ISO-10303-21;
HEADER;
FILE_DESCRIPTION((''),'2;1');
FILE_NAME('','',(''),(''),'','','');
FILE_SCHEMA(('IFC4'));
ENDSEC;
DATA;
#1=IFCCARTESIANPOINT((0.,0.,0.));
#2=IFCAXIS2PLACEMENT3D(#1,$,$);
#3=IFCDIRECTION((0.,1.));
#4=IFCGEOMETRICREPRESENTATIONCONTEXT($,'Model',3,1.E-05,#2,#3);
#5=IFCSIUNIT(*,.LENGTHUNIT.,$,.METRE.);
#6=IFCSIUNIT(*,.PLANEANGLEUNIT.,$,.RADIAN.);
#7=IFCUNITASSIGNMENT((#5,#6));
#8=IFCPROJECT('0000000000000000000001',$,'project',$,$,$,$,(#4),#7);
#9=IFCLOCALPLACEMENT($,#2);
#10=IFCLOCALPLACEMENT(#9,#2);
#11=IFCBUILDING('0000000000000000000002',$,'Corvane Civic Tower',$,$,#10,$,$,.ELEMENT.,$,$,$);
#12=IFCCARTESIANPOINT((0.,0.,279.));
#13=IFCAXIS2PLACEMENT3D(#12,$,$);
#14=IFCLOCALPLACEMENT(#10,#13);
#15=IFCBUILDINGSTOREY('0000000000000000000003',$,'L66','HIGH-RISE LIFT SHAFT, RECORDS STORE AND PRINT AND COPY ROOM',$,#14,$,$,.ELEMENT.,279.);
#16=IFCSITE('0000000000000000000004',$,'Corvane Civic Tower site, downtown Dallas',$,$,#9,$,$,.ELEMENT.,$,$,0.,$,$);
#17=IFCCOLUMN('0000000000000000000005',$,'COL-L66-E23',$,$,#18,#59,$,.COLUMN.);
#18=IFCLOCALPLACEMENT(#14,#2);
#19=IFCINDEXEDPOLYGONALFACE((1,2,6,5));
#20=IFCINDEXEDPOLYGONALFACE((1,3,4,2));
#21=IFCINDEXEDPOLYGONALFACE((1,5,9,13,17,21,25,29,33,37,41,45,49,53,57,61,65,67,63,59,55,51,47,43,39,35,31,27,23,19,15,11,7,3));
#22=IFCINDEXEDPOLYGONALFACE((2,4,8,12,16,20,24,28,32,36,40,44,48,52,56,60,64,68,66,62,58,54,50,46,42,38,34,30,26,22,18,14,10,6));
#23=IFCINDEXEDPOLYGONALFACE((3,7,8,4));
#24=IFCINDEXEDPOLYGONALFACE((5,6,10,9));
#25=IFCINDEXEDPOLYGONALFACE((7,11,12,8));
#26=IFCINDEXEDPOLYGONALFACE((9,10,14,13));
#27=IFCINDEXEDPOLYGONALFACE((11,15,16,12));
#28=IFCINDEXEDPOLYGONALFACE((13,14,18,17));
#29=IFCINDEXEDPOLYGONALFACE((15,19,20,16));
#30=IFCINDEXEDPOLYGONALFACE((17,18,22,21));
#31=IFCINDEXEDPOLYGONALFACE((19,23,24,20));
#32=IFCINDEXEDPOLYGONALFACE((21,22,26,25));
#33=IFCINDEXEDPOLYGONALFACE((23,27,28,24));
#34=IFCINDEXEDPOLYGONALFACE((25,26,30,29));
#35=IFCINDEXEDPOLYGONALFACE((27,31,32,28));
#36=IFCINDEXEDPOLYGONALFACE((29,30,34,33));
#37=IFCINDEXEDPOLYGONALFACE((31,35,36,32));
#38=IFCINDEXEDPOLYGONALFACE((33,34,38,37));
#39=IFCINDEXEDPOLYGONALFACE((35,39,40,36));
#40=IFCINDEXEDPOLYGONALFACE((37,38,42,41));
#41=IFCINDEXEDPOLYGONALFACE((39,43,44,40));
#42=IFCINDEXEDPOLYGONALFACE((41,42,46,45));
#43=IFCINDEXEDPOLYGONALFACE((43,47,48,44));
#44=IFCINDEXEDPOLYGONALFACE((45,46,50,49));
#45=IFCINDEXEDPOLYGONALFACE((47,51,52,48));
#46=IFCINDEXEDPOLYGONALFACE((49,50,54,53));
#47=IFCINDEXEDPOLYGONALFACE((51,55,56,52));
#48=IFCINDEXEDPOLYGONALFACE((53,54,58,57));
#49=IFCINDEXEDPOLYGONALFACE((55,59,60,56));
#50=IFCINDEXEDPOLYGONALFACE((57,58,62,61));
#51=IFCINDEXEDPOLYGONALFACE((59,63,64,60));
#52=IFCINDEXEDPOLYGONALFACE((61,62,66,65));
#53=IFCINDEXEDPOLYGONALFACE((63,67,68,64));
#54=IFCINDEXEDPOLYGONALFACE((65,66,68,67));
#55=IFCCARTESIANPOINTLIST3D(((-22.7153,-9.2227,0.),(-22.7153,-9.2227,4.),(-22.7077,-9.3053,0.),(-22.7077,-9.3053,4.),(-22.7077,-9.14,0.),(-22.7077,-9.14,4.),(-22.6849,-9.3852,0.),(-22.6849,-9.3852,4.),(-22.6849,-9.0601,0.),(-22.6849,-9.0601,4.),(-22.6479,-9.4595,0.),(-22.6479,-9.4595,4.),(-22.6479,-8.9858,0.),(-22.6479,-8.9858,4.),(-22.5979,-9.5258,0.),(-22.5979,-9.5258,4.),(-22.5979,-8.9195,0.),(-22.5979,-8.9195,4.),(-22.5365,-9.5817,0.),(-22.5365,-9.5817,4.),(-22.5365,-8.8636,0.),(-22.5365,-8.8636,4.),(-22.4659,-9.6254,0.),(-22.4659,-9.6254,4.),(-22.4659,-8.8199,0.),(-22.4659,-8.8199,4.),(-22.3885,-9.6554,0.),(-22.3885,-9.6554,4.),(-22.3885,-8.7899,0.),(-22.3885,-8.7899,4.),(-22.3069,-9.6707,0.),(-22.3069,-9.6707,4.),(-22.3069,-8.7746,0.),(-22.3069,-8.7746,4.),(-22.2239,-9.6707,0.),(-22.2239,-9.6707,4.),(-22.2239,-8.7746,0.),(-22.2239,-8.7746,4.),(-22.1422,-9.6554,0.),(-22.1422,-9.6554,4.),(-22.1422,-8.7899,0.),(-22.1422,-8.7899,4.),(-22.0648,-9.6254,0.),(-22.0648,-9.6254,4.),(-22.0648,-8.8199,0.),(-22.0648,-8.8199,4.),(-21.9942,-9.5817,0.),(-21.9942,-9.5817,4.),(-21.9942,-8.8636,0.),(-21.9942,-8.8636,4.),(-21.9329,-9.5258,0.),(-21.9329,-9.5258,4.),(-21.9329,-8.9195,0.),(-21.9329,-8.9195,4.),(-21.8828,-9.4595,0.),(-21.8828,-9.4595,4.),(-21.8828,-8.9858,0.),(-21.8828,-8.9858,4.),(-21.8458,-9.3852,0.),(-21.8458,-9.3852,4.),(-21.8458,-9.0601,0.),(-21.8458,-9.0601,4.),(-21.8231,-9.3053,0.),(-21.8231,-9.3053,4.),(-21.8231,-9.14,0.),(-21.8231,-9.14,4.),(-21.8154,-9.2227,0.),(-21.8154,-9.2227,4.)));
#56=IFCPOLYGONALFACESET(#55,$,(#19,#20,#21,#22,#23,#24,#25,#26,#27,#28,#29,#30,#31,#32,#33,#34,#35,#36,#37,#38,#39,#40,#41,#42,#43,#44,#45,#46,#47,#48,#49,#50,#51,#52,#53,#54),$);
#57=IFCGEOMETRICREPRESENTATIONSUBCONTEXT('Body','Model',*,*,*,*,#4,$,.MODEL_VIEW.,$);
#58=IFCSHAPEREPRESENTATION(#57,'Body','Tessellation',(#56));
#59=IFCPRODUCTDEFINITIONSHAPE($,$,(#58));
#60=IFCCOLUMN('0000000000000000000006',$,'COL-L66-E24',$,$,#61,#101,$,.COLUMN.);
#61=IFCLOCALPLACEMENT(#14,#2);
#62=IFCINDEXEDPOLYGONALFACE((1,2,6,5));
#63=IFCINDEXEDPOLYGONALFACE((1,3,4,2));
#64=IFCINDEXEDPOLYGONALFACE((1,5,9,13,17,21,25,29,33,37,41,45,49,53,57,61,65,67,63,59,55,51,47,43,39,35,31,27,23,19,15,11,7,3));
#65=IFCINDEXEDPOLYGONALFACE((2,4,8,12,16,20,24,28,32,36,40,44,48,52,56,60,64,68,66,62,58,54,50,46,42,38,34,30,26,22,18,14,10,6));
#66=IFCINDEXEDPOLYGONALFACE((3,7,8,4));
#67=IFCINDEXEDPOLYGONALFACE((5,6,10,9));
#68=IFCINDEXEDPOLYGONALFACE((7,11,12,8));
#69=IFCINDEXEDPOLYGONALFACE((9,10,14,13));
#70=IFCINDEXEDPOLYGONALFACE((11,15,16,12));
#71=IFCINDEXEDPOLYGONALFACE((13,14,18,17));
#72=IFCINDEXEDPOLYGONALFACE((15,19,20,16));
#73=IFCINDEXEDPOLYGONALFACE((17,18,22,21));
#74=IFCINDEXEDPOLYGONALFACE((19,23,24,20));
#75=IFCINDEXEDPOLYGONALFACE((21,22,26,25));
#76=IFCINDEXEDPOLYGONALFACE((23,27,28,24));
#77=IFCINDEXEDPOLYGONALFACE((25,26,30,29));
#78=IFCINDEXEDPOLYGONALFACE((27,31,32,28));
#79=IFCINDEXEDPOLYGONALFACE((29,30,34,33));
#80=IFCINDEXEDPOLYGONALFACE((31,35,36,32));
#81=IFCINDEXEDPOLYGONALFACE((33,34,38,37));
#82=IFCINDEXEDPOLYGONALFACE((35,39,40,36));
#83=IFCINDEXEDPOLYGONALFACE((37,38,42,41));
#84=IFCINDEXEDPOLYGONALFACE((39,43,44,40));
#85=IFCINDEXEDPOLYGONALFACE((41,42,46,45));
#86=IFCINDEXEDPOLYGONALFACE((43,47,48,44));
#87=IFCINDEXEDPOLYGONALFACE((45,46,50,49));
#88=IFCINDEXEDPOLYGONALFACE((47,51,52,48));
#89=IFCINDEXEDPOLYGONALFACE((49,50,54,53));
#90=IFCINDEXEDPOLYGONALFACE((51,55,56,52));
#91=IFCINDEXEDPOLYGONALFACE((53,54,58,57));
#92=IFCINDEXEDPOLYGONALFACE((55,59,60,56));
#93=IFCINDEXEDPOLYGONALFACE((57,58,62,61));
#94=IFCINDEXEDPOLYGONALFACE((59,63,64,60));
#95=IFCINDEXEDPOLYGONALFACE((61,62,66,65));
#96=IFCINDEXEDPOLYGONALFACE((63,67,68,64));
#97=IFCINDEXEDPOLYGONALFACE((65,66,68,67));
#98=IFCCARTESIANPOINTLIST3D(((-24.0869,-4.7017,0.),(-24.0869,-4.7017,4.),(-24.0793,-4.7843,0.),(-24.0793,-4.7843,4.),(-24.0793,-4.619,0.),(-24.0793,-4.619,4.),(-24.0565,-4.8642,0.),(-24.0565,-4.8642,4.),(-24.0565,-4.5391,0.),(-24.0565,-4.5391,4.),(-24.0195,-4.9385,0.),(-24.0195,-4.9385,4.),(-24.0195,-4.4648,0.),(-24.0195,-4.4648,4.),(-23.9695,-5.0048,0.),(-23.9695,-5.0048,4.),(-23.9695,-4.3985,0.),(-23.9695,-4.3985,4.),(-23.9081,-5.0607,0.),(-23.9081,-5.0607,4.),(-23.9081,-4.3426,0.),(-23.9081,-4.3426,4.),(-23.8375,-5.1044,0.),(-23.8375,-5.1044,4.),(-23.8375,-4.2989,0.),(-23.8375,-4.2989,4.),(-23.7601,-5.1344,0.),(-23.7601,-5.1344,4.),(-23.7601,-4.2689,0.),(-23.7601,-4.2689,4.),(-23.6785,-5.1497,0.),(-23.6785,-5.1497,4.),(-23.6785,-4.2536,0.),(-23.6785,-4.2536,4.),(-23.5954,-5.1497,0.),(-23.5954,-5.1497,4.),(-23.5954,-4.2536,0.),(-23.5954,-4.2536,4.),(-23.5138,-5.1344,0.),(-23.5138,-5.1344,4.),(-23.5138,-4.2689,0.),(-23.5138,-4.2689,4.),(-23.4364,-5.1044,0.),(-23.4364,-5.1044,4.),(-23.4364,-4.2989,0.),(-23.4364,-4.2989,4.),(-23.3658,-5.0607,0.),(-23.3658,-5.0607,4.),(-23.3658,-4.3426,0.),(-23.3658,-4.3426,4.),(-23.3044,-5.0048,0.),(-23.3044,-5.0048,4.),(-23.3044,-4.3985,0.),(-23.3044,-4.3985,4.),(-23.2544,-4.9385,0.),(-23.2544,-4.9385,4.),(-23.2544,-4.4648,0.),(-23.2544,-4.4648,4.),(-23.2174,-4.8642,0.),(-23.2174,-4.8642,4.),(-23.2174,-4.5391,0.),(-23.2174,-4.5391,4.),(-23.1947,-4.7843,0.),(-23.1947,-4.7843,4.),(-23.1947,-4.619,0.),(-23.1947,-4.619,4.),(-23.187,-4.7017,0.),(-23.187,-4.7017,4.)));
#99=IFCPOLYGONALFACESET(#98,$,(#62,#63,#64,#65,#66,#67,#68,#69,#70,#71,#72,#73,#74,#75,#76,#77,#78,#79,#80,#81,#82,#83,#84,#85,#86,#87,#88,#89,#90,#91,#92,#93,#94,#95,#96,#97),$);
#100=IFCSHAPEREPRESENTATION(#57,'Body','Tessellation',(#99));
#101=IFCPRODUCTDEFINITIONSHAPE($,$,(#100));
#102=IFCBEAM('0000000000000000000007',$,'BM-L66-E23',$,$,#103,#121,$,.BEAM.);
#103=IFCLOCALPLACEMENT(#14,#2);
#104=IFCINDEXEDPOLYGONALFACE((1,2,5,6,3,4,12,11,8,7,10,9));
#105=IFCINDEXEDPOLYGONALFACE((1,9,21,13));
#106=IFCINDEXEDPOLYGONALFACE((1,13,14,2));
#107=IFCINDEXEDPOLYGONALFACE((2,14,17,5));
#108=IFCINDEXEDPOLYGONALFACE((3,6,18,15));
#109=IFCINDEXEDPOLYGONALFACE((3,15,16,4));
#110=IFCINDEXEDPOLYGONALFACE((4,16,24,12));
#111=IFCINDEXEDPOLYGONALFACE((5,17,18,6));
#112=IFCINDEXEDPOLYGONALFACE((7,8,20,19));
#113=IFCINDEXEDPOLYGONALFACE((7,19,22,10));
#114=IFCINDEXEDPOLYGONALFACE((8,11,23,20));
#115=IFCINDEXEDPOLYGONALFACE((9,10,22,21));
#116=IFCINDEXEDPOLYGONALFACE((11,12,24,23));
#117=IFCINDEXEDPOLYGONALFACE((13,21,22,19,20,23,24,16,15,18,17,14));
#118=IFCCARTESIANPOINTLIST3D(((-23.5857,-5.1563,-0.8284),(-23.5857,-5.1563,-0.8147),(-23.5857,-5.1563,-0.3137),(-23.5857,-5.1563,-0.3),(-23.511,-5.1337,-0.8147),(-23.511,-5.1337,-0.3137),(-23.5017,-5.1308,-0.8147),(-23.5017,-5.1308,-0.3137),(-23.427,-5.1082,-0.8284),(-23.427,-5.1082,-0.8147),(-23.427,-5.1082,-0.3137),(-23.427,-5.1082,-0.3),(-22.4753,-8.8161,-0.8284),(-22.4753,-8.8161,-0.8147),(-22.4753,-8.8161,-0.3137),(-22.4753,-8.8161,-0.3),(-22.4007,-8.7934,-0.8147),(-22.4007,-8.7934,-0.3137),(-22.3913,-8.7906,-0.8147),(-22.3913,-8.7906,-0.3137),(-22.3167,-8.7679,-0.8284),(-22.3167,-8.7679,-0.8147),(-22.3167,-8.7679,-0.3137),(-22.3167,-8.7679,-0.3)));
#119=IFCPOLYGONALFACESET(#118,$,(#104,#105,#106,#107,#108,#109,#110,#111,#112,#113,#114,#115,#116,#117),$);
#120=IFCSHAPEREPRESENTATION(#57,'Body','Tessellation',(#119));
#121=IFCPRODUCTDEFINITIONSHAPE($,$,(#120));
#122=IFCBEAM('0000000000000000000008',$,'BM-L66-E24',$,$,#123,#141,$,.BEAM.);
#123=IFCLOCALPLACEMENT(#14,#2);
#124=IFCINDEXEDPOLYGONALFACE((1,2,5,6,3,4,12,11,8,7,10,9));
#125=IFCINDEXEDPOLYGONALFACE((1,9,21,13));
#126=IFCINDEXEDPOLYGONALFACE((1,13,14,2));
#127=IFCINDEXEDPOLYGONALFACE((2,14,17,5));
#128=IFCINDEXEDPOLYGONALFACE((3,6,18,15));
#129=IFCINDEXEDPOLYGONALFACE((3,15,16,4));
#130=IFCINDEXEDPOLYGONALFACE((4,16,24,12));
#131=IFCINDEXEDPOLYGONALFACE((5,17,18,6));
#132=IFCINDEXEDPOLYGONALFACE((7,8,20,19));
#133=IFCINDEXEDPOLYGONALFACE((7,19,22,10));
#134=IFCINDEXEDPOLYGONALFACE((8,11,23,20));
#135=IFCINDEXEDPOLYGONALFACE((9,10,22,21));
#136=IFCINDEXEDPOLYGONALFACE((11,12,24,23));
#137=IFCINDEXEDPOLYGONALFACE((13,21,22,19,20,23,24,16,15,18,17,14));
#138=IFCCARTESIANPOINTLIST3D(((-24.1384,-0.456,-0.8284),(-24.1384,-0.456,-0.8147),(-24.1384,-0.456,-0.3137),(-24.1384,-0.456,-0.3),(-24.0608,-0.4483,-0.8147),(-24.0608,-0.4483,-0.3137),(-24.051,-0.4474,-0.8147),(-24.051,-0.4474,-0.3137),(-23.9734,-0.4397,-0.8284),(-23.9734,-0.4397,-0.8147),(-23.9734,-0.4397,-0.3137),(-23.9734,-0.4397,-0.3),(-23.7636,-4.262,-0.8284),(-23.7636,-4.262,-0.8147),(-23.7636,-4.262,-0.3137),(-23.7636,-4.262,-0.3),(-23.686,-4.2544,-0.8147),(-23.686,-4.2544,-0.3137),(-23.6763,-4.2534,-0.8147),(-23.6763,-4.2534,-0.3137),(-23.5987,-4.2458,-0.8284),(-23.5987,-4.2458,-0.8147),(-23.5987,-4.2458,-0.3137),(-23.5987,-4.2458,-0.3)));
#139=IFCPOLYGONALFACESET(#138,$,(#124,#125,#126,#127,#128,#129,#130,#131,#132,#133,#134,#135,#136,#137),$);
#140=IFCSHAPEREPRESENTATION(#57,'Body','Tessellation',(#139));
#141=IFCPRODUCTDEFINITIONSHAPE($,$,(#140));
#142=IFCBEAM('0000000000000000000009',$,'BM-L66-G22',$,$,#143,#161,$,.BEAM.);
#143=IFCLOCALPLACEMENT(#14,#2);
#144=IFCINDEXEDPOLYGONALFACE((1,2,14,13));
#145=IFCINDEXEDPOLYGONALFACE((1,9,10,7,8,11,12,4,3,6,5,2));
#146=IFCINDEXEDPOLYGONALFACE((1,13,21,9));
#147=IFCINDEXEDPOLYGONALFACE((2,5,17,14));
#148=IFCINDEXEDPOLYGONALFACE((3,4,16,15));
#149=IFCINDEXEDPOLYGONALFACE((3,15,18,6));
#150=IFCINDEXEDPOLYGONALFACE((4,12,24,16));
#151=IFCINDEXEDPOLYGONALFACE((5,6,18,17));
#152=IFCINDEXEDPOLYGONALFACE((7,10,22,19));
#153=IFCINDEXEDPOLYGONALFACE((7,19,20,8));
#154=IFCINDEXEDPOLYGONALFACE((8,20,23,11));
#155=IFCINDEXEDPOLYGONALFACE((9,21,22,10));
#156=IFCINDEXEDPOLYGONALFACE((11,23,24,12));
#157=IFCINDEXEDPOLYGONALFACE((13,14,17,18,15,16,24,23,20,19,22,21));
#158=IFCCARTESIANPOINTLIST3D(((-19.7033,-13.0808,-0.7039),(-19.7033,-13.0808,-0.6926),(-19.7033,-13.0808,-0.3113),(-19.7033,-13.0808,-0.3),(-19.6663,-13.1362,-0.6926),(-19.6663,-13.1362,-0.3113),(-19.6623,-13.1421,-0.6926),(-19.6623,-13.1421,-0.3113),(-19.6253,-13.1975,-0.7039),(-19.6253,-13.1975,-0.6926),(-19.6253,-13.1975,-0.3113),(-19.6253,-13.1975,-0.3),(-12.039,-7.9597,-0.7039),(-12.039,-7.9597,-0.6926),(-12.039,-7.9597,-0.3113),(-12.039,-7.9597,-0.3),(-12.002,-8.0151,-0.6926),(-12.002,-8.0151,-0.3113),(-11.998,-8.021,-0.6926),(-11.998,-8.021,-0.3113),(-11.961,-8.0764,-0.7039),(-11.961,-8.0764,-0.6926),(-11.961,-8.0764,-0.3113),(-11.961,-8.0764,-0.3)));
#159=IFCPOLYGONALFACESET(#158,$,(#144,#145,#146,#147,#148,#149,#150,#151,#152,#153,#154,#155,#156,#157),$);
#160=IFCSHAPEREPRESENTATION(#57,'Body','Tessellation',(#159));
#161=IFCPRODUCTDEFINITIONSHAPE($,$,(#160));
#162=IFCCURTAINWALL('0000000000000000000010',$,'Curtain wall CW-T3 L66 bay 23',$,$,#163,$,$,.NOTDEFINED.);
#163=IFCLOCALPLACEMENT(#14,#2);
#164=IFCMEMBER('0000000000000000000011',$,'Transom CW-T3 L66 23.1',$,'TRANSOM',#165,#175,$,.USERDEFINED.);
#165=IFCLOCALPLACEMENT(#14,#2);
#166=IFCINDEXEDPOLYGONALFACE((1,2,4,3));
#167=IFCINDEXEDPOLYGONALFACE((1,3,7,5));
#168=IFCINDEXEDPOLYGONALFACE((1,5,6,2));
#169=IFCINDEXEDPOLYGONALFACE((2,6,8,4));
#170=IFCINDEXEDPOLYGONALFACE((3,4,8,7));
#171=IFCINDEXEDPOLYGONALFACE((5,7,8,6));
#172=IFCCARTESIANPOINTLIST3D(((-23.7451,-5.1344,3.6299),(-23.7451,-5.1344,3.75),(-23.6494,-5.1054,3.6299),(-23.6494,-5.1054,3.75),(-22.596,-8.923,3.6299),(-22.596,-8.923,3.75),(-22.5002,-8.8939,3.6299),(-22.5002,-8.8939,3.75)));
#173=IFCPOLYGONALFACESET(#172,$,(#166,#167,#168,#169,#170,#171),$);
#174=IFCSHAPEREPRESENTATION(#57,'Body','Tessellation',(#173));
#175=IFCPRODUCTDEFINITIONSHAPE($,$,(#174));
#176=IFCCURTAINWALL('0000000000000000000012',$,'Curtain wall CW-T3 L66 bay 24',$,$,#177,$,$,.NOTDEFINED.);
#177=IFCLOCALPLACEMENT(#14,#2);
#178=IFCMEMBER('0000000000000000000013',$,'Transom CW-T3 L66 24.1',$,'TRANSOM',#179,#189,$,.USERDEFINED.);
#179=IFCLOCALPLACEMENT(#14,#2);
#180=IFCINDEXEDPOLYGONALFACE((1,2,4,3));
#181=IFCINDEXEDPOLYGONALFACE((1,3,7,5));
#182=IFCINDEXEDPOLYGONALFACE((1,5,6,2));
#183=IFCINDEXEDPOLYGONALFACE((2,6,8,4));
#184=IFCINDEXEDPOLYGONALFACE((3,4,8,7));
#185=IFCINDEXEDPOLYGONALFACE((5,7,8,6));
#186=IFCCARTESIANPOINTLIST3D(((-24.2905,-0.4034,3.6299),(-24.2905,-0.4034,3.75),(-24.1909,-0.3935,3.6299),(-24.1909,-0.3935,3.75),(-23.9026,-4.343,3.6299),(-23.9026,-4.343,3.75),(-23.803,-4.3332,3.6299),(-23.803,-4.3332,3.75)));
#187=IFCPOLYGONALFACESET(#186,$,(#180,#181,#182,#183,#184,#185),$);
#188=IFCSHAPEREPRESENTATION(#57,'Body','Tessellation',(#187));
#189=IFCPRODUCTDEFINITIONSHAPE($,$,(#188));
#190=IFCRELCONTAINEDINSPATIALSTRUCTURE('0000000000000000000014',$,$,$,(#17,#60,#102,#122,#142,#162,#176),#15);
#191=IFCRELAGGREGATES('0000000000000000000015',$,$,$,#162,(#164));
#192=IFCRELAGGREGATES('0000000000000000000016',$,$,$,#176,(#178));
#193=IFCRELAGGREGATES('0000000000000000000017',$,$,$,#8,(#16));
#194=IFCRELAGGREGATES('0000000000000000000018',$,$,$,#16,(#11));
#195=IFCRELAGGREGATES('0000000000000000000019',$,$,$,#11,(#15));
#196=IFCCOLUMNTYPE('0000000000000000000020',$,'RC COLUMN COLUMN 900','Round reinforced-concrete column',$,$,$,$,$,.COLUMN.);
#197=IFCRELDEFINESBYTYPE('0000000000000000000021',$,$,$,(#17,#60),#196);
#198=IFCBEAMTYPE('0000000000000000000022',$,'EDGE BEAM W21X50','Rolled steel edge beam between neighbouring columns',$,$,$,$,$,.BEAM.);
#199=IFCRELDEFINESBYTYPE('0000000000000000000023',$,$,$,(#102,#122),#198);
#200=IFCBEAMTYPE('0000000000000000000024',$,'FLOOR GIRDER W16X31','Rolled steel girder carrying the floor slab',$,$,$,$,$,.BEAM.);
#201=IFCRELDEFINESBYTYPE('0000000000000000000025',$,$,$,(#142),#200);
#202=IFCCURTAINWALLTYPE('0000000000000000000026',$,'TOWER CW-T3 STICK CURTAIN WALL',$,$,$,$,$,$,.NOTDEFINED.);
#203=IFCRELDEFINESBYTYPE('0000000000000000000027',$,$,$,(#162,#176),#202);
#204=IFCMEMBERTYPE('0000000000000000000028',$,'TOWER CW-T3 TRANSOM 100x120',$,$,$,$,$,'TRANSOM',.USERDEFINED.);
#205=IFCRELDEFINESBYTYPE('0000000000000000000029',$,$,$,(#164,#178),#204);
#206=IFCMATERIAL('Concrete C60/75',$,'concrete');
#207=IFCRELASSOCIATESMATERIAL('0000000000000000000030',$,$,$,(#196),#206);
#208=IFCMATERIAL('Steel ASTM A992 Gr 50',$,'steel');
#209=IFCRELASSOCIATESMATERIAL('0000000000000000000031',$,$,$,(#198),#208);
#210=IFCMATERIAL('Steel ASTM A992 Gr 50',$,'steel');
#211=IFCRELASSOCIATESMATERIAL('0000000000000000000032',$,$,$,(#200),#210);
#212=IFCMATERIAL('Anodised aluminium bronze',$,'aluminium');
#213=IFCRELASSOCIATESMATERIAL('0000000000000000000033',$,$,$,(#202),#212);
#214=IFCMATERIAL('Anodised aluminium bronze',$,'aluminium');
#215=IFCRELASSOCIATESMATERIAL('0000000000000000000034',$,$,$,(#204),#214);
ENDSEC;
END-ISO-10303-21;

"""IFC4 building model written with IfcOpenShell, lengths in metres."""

from ifc_helpers import new_model, si_unit, direction, frame, origin, origin_2d, place, context, subcontext, project, spatial, rectangle, circle, i_section, extrude, material, material_profile, profile_set, type_object, element, aggregate, save


model = new_model("IFC4")

# Units and contexts
model_context = context("Model", 3, precision=1e-05, world=origin(), true_north=direction((0.0, 1.0)))
body_context = subcontext(model_context, "Body", "Model", "MODEL_VIEW")
ifc_project = project(units=[si_unit("LENGTHUNIT", "METRE"), si_unit("PLANEANGLEUNIT", "RADIAN")], contexts=[model_context])

# Site, building, storey
site_placement = place(None, origin())
site = spatial("IfcSite", under=ifc_project, at=site_placement, Name="Corvane Civic Tower site, downtown Dallas", CompositionType="ELEMENT", RefElevation=0.0)
building_placement = place(site_placement, origin())
building = spatial("IfcBuilding", under=site, at=building_placement, Name="Corvane Civic Tower", CompositionType="ELEMENT")
storey_placement = place(building_placement, frame((0.0, 0.0, 279.0)))
storey = spatial("IfcBuildingStorey", under=building, at=storey_placement, Name="L66", Description="HIGH-RISE LIFT SHAFT, RECORDS STORE AND PRINT AND COPY ROOM", CompositionType="ELEMENT", Elevation=279.0)

# Columns
ifc_material_1 = material(Name="Concrete C60/75", Category="concrete")
ifc_material_profile_1 = material_profile(ifc_material_1, circle(Radius=0.45, at=origin_2d()), Name="COLUMN 900")
ifc_profile_set_1 = profile_set([ifc_material_profile_1], Name="Concrete C60/75")
column_type = type_object("IfcColumnType", Name="RC COLUMN COLUMN 900", Description="Round reinforced-concrete column", PredefinedType="COLUMN", material=ifc_profile_set_1)
for number, where, z_axis, x_axis, name in (
    (1, (-22.2654, -9.2227, 0.0), (0.0, 0.0, 1.0), (1.0, 0.0, 0.0), "COL-L66-E23"),
    (2, (-23.637, -4.7017, 0.0), (0.0, 0.0, 1.0), (1.0, 0.0, 0.0), "COL-L66-E24"),
):
    element("IfcColumn", number, at=place(storey_placement, frame(where, z_axis=z_axis, x_axis=x_axis)), inside=storey, type_object=column_type, Name=name, PredefinedType="COLUMN", context=body_context, shape_type="SweptSolid", body=[
        extrude(circle(Radius=0.45, at=origin_2d()), origin(), (0.0, 0.0, 1.0), 4.0),
    ])

# Beams
ifc_material_2 = material(Name="Steel ASTM A992 Gr 50", Category="steel")
ifc_material_profile_2 = material_profile(ifc_material_2, i_section(OverallWidth=0.1658, OverallDepth=0.5283, WebThickness=0.0098, FlangeThickness=0.0137, at=origin_2d()), Name="W21X50")
ifc_profile_set_2 = profile_set([ifc_material_profile_2], Name="Steel ASTM A992 Gr 50")
beam_type_1 = type_object("IfcBeamType", Name="EDGE BEAM W21X50", Description="Rolled steel edge beam between neighbouring columns", PredefinedType="BEAM", material=ifc_profile_set_2)
for number, where, z_axis, x_axis, name in (
    (3, (-22.396, -8.792, -0.5642), (-0.290333, 0.956926, 0.0), (-0.956926, -0.290333, 0.0), "BM-L66-E23"),
    (4, (-23.6812, -4.2539, -0.5642), (-0.097987, 0.995188, 0.0), (-0.995188, -0.097987, 0.0), "BM-L66-E24"),
):
    element("IfcBeam", number, at=place(storey_placement, frame(where, z_axis=z_axis, x_axis=x_axis)), inside=storey, type_object=beam_type_1, Name=name, PredefinedType="BEAM", context=body_context, shape_type="SweptSolid", body=[
        extrude(i_section(OverallWidth=0.1658, OverallDepth=0.5283, WebThickness=0.0098, FlangeThickness=0.0137, at=origin_2d()), origin(), (0.0, 0.0, 1.0), 3.8245),
    ])
ifc_material_3 = material(Name="Steel ASTM A992 Gr 50", Category="steel")
ifc_material_profile_3 = material_profile(ifc_material_3, i_section(OverallWidth=0.1404, OverallDepth=0.4038, WebThickness=0.0071, FlangeThickness=0.0112, at=origin_2d()), Name="W16X31")
ifc_profile_set_3 = profile_set([ifc_material_profile_3], Name="Steel ASTM A992 Gr 50")
beam_type_2 = type_object("IfcBeamType", Name="FLOOR GIRDER W16X31", Description="Rolled steel girder carrying the floor slab", PredefinedType="BEAM", material=ifc_profile_set_3)
beam_placement = place(storey_placement, frame((-12.0, -8.0181, -0.502), z_axis=(-0.831471, -0.555568, 0.0), x_axis=(0.555568, -0.831471, 0.0)))
element("IfcBeam", 5, at=beam_placement, inside=storey, type_object=beam_type_2, Name="BM-L66-G22", PredefinedType="BEAM", context=body_context, shape_type="SweptSolid", body=[
    extrude(i_section(OverallWidth=0.1404, OverallDepth=0.4038, WebThickness=0.0071, FlangeThickness=0.0112, at=origin_2d()), origin(), (0.0, 0.0, 1.0), 9.2178),
])

# Curtain walls, members
ifc_material_4 = material(Name="Anodised aluminium bronze", Category="aluminium")
curtain_wall_type = type_object("IfcCurtainWallType", Name="TOWER CW-T3 STICK CURTAIN WALL", PredefinedType="NOTDEFINED", material=ifc_material_4)
curtain_wall_1_placement = place(storey_placement, origin())
curtain_wall_1 = element("IfcCurtainWall", 6, at=curtain_wall_1_placement, inside=storey, type_object=curtain_wall_type, Name="Curtain wall CW-T3 L66 bay 23", PredefinedType="NOTDEFINED")
ifc_material_5 = material(Name="Anodised aluminium bronze", Category="aluminium")
ifc_material_profile_4 = material_profile(ifc_material_5, rectangle(XDim=0.1001, YDim=0.1201, at=origin_2d()), Name="TOWER CW-T3 TRANSOM 100x120")
ifc_profile_set_4 = profile_set([ifc_material_profile_4], Name="Anodised aluminium bronze")
member_type = type_object("IfcMemberType", Name="TOWER CW-T3 TRANSOM 100x120", ElementType="TRANSOM", PredefinedType="USERDEFINED", material=ifc_profile_set_4)
member_1_placement = place(storey_placement, frame((-22.5481, -8.9084, 3.6899), z_axis=(-0.290266, 0.956946, 0.0), x_axis=(-0.956946, -0.290266, 0.0)))
member_1 = element("IfcMember", 7, at=member_1_placement, type_object=member_type, Name="Transom CW-T3 L66 23.1", ObjectType="TRANSOM", PredefinedType="USERDEFINED", context=body_context, shape_type="SweptSolid", body=[
    extrude(rectangle(XDim=0.1001, YDim=0.1201, at=origin_2d()), origin(), (0.0, 0.0, 1.0), 3.959),
])
curtain_wall_2_placement = place(storey_placement, origin())
curtain_wall_2 = element("IfcCurtainWall", 8, at=curtain_wall_2_placement, inside=storey, type_object=curtain_wall_type, Name="Curtain wall CW-T3 L66 bay 24", PredefinedType="NOTDEFINED")
member_2_placement = place(storey_placement, frame((-23.8528, -4.3381, 3.6899), z_axis=(-0.097995, 0.995187, 0.0), x_axis=(-0.995187, -0.097995, 0.0)))
member_2 = element("IfcMember", 9, at=member_2_placement, type_object=member_type, Name="Transom CW-T3 L66 24.1", ObjectType="TRANSOM", PredefinedType="USERDEFINED", context=body_context, shape_type="SweptSolid", body=[
    extrude(rectangle(XDim=0.1001, YDim=0.1201, at=origin_2d()), origin(), (0.0, 0.0, 1.0), 3.9587),
])

aggregate(curtain_wall_1, [member_1])
aggregate(curtain_wall_2, [member_2])

save(model, "model.ifc")
